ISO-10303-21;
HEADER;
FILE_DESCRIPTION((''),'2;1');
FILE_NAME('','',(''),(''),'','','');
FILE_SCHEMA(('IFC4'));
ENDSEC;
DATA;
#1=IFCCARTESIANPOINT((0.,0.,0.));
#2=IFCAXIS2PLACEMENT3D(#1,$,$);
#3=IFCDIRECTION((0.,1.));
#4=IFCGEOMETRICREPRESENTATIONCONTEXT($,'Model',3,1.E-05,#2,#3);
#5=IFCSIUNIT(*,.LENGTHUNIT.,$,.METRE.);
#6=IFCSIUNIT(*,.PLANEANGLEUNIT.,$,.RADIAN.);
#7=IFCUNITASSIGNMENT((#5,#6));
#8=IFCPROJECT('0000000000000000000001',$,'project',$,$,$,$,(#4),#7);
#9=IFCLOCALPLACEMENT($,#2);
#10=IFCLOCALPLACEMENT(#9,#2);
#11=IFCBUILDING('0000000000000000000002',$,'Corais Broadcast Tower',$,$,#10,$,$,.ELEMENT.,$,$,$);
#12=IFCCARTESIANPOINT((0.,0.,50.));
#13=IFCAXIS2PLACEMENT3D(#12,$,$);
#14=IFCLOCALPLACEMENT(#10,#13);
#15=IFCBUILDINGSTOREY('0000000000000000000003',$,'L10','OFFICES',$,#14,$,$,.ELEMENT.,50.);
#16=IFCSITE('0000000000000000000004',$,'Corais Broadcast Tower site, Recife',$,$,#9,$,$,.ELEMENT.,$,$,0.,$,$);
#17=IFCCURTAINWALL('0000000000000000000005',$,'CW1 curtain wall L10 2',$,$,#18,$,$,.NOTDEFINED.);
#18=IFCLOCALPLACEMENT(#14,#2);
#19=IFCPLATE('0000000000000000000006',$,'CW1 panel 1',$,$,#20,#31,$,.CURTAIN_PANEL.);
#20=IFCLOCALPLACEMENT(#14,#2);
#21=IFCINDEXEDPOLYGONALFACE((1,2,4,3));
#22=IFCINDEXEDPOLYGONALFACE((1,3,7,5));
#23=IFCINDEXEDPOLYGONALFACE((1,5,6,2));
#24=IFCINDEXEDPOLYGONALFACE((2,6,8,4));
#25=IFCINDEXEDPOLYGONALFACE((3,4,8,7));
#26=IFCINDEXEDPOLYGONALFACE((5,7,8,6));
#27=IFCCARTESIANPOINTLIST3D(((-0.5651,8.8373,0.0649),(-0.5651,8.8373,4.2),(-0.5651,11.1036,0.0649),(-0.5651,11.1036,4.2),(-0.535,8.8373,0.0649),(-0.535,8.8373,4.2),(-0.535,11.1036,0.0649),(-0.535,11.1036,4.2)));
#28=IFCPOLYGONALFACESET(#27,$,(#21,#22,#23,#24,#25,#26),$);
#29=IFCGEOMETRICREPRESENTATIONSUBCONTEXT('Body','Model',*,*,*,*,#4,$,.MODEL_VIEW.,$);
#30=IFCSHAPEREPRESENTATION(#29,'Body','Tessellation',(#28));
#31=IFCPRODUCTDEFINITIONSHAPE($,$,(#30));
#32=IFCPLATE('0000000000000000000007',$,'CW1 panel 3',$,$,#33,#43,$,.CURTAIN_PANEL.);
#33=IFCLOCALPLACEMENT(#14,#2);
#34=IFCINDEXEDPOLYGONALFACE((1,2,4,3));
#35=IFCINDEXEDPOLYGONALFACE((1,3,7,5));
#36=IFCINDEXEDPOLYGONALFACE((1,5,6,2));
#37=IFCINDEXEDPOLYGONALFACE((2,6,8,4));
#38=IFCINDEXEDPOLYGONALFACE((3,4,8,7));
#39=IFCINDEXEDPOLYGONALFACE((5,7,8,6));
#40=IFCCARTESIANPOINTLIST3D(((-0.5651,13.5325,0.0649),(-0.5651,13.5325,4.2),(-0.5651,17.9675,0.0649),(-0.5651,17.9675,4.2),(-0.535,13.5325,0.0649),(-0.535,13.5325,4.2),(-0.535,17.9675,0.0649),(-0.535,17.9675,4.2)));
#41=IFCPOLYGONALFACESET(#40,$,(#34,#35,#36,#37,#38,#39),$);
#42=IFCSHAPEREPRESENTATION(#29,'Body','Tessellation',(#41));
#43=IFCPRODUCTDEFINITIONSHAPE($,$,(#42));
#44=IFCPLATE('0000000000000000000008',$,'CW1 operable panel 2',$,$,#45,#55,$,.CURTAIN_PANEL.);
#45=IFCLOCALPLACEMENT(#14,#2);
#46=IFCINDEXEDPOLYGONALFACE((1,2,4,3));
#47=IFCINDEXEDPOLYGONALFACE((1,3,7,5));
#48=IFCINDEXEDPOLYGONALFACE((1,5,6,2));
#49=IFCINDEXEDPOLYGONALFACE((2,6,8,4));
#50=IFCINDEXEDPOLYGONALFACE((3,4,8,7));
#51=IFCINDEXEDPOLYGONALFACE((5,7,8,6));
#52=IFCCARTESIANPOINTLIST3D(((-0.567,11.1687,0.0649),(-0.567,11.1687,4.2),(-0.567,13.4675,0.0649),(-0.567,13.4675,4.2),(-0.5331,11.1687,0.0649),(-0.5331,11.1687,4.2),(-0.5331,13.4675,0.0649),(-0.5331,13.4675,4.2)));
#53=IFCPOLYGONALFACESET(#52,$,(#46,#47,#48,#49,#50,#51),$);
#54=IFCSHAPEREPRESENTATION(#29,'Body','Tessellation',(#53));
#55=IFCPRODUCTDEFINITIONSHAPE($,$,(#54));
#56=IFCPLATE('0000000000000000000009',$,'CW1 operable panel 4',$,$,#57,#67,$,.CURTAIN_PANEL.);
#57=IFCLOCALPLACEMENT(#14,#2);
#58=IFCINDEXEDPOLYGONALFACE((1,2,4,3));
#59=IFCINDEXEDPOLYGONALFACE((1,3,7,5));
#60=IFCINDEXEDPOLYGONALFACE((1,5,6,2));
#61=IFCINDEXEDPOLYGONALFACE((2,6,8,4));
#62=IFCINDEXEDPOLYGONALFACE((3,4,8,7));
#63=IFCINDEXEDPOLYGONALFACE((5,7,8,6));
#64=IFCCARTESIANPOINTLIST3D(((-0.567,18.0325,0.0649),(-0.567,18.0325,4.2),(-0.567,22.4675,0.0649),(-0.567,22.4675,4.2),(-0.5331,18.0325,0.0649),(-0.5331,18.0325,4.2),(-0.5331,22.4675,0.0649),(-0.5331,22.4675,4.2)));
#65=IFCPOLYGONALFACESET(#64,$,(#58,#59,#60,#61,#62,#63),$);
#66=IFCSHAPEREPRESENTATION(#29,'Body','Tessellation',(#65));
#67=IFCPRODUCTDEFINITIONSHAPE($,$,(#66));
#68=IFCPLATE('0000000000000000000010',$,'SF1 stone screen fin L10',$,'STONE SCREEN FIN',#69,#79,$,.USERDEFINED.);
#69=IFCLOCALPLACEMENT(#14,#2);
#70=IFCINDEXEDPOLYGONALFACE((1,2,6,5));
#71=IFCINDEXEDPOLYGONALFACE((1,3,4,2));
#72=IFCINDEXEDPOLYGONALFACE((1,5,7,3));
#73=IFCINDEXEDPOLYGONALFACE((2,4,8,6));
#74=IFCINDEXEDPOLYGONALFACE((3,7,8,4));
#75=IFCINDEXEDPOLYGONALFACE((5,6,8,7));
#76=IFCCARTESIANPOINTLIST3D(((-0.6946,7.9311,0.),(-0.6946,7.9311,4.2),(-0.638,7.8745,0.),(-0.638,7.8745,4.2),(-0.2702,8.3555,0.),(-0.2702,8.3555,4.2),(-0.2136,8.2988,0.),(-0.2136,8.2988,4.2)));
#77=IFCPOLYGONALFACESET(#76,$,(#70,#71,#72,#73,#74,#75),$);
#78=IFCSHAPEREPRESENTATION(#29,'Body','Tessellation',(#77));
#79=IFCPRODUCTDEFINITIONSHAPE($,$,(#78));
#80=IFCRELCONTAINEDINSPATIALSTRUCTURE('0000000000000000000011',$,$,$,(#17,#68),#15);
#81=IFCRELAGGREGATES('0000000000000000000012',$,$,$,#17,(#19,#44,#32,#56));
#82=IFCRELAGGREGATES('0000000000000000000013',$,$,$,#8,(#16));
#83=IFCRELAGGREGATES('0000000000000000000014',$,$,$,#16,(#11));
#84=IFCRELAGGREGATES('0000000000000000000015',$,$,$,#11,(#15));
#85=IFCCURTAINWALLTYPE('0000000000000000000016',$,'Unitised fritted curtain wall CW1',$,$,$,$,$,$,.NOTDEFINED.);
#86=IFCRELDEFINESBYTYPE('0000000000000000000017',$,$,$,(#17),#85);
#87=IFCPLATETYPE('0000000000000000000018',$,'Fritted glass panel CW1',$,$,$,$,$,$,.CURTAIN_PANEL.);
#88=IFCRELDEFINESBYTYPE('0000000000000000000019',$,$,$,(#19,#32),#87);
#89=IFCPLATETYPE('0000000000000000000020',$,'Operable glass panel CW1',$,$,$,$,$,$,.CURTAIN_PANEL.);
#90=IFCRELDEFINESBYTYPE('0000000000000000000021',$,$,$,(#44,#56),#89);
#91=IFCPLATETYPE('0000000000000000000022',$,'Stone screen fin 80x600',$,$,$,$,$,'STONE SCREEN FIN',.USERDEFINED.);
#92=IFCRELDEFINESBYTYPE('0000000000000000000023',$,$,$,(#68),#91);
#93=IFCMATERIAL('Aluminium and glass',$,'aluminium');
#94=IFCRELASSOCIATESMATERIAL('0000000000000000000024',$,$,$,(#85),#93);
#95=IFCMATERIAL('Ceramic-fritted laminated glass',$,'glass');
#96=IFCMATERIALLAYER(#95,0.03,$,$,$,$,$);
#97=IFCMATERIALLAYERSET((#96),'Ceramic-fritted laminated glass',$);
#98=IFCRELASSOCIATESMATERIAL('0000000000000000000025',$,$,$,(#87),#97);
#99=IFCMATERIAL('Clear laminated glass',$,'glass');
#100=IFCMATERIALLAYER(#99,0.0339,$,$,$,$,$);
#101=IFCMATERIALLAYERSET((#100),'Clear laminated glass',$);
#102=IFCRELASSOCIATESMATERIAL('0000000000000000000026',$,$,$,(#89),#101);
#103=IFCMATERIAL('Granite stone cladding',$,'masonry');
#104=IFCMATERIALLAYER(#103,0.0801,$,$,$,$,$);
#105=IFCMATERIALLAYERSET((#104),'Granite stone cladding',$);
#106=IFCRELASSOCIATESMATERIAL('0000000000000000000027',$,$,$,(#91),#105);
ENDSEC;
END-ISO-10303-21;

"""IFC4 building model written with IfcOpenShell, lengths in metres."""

from ifc_helpers import new_model, si_unit, direction, frame, origin, origin_2d, place, context, subcontext, project, spatial, rectangle, extrude, material, layer, layer_set, type_object, element, aggregate, save


model = new_model("IFC4")

# Units and contexts
model_context = context("Model", 3, precision=1e-05, world=origin(), true_north=direction((0.0, 1.0)))
body_context = subcontext(model_context, "Body", "Model", "MODEL_VIEW")
ifc_project = project(units=[si_unit("LENGTHUNIT", "METRE"), si_unit("PLANEANGLEUNIT", "RADIAN")], contexts=[model_context])

# Site, building, storey
site_placement = place(None, origin())
site = spatial("IfcSite", under=ifc_project, at=site_placement, Name="Corais Broadcast Tower site, Recife", CompositionType="ELEMENT", RefElevation=0.0)
building_placement = place(site_placement, origin())
building = spatial("IfcBuilding", under=site, at=building_placement, Name="Corais Broadcast Tower", CompositionType="ELEMENT")
storey_placement = place(building_placement, frame((0.0, 0.0, 50.0)))
storey = spatial("IfcBuildingStorey", under=building, at=storey_placement, Name="L10", Description="OFFICES", CompositionType="ELEMENT", Elevation=50.0)

# Shared definitions
ifc_material_1 = material(Name="Aluminium and glass", Category="aluminium")
curtain_wall_type = type_object("IfcCurtainWallType", Name="Unitised fritted curtain wall CW1", PredefinedType="NOTDEFINED", material=ifc_material_1)

# Curtain wall
curtain_wall_1_placement = place(storey_placement, origin())
curtain_wall_1 = element("IfcCurtainWall", 1, at=curtain_wall_1_placement, inside=storey, type_object=curtain_wall_type, Name="CW1 curtain wall L10 2", PredefinedType="NOTDEFINED")

# Plates
ifc_material_2 = material(Name="Ceramic-fritted laminated glass", Category="glass")
ifc_layer_1 = layer(ifc_material_2, 0.03)
ifc_layer_set_1 = layer_set([ifc_layer_1], Name="Ceramic-fritted laminated glass")
plate_type_1 = type_object("IfcPlateType", Name="Fritted glass panel CW1", PredefinedType="CURTAIN_PANEL", material=ifc_layer_set_1)
plate_1_placement = place(storey_placement, frame((-0.55, 9.9705, 0.0649), z_axis=(0.0, 0.0, 1.0), x_axis=(0.0, 1.0, 0.0)))
plate_1 = element("IfcPlate", 2, at=plate_1_placement, type_object=plate_type_1, Name="CW1 panel 1", PredefinedType="CURTAIN_PANEL", context=body_context, shape_type="SweptSolid", body=[
    extrude(rectangle(XDim=2.2664, YDim=0.03, at=origin_2d()), origin(), (0.0, 0.0, 1.0), 4.135),
])
plate_2_placement = place(storey_placement, frame((-0.55, 15.75, 0.0649), z_axis=(0.0, 0.0, 1.0), x_axis=(0.0, 1.0, 0.0)))
plate_2 = element("IfcPlate", 3, at=plate_2_placement, type_object=plate_type_1, Name="CW1 panel 3", PredefinedType="CURTAIN_PANEL", context=body_context, shape_type="SweptSolid", body=[
    extrude(rectangle(XDim=4.4351, YDim=0.03, at=origin_2d()), origin(), (0.0, 0.0, 1.0), 4.135),
])
ifc_material_3 = material(Name="Clear laminated glass", Category="glass")
ifc_layer_2 = layer(ifc_material_3, 0.0339)
ifc_layer_set_2 = layer_set([ifc_layer_2], Name="Clear laminated glass")
plate_type_2 = type_object("IfcPlateType", Name="Operable glass panel CW1", PredefinedType="CURTAIN_PANEL", material=ifc_layer_set_2)
plate_3_placement = place(storey_placement, frame((-0.55, 12.3181, 0.0649), z_axis=(0.0, 0.0, 1.0), x_axis=(0.0, 1.0, 0.0)))
plate_3 = element("IfcPlate", 4, at=plate_3_placement, type_object=plate_type_2, Name="CW1 operable panel 2", PredefinedType="CURTAIN_PANEL", context=body_context, shape_type="SweptSolid", body=[
    extrude(rectangle(XDim=2.2988, YDim=0.0339, at=origin_2d()), origin(), (0.0, 0.0, 1.0), 4.135),
])
plate_4_placement = place(storey_placement, frame((-0.55, 20.25, 0.0649), z_axis=(0.0, 0.0, 1.0), x_axis=(0.0, 1.0, 0.0)))
plate_4 = element("IfcPlate", 5, at=plate_4_placement, type_object=plate_type_2, Name="CW1 operable panel 4", PredefinedType="CURTAIN_PANEL", context=body_context, shape_type="SweptSolid", body=[
    extrude(rectangle(XDim=4.4351, YDim=0.0339, at=origin_2d()), origin(), (0.0, 0.0, 1.0), 4.135),
])
aggregate(curtain_wall_1, [plate_1, plate_3, plate_2, plate_4])
ifc_material_4 = material(Name="Granite stone cladding", Category="masonry")
ifc_layer_3 = layer(ifc_material_4, 0.0801)
ifc_layer_set_3 = layer_set([ifc_layer_3], Name="Granite stone cladding")
plate_type_3 = type_object("IfcPlateType", Name="Stone screen fin 80x600", ElementType="STONE SCREEN FIN", PredefinedType="USERDEFINED", material=ifc_layer_set_3)
plate_5_placement = place(storey_placement, frame((-0.4541, 8.115, 0.0), z_axis=(0.0, 0.0, 1.0), x_axis=(-0.707107, 0.707107, 0.0)))
element("IfcPlate", 6, at=plate_5_placement, inside=storey, type_object=plate_type_3, Name="SF1 stone screen fin L10", ObjectType="STONE SCREEN FIN", PredefinedType="USERDEFINED", context=body_context, shape_type="SweptSolid", body=[
    extrude(rectangle(XDim=0.0801, YDim=0.6001, at=origin_2d()), origin(), (0.0, 0.0, 1.0), 4.2),
])

save(model, "model.ifc")
